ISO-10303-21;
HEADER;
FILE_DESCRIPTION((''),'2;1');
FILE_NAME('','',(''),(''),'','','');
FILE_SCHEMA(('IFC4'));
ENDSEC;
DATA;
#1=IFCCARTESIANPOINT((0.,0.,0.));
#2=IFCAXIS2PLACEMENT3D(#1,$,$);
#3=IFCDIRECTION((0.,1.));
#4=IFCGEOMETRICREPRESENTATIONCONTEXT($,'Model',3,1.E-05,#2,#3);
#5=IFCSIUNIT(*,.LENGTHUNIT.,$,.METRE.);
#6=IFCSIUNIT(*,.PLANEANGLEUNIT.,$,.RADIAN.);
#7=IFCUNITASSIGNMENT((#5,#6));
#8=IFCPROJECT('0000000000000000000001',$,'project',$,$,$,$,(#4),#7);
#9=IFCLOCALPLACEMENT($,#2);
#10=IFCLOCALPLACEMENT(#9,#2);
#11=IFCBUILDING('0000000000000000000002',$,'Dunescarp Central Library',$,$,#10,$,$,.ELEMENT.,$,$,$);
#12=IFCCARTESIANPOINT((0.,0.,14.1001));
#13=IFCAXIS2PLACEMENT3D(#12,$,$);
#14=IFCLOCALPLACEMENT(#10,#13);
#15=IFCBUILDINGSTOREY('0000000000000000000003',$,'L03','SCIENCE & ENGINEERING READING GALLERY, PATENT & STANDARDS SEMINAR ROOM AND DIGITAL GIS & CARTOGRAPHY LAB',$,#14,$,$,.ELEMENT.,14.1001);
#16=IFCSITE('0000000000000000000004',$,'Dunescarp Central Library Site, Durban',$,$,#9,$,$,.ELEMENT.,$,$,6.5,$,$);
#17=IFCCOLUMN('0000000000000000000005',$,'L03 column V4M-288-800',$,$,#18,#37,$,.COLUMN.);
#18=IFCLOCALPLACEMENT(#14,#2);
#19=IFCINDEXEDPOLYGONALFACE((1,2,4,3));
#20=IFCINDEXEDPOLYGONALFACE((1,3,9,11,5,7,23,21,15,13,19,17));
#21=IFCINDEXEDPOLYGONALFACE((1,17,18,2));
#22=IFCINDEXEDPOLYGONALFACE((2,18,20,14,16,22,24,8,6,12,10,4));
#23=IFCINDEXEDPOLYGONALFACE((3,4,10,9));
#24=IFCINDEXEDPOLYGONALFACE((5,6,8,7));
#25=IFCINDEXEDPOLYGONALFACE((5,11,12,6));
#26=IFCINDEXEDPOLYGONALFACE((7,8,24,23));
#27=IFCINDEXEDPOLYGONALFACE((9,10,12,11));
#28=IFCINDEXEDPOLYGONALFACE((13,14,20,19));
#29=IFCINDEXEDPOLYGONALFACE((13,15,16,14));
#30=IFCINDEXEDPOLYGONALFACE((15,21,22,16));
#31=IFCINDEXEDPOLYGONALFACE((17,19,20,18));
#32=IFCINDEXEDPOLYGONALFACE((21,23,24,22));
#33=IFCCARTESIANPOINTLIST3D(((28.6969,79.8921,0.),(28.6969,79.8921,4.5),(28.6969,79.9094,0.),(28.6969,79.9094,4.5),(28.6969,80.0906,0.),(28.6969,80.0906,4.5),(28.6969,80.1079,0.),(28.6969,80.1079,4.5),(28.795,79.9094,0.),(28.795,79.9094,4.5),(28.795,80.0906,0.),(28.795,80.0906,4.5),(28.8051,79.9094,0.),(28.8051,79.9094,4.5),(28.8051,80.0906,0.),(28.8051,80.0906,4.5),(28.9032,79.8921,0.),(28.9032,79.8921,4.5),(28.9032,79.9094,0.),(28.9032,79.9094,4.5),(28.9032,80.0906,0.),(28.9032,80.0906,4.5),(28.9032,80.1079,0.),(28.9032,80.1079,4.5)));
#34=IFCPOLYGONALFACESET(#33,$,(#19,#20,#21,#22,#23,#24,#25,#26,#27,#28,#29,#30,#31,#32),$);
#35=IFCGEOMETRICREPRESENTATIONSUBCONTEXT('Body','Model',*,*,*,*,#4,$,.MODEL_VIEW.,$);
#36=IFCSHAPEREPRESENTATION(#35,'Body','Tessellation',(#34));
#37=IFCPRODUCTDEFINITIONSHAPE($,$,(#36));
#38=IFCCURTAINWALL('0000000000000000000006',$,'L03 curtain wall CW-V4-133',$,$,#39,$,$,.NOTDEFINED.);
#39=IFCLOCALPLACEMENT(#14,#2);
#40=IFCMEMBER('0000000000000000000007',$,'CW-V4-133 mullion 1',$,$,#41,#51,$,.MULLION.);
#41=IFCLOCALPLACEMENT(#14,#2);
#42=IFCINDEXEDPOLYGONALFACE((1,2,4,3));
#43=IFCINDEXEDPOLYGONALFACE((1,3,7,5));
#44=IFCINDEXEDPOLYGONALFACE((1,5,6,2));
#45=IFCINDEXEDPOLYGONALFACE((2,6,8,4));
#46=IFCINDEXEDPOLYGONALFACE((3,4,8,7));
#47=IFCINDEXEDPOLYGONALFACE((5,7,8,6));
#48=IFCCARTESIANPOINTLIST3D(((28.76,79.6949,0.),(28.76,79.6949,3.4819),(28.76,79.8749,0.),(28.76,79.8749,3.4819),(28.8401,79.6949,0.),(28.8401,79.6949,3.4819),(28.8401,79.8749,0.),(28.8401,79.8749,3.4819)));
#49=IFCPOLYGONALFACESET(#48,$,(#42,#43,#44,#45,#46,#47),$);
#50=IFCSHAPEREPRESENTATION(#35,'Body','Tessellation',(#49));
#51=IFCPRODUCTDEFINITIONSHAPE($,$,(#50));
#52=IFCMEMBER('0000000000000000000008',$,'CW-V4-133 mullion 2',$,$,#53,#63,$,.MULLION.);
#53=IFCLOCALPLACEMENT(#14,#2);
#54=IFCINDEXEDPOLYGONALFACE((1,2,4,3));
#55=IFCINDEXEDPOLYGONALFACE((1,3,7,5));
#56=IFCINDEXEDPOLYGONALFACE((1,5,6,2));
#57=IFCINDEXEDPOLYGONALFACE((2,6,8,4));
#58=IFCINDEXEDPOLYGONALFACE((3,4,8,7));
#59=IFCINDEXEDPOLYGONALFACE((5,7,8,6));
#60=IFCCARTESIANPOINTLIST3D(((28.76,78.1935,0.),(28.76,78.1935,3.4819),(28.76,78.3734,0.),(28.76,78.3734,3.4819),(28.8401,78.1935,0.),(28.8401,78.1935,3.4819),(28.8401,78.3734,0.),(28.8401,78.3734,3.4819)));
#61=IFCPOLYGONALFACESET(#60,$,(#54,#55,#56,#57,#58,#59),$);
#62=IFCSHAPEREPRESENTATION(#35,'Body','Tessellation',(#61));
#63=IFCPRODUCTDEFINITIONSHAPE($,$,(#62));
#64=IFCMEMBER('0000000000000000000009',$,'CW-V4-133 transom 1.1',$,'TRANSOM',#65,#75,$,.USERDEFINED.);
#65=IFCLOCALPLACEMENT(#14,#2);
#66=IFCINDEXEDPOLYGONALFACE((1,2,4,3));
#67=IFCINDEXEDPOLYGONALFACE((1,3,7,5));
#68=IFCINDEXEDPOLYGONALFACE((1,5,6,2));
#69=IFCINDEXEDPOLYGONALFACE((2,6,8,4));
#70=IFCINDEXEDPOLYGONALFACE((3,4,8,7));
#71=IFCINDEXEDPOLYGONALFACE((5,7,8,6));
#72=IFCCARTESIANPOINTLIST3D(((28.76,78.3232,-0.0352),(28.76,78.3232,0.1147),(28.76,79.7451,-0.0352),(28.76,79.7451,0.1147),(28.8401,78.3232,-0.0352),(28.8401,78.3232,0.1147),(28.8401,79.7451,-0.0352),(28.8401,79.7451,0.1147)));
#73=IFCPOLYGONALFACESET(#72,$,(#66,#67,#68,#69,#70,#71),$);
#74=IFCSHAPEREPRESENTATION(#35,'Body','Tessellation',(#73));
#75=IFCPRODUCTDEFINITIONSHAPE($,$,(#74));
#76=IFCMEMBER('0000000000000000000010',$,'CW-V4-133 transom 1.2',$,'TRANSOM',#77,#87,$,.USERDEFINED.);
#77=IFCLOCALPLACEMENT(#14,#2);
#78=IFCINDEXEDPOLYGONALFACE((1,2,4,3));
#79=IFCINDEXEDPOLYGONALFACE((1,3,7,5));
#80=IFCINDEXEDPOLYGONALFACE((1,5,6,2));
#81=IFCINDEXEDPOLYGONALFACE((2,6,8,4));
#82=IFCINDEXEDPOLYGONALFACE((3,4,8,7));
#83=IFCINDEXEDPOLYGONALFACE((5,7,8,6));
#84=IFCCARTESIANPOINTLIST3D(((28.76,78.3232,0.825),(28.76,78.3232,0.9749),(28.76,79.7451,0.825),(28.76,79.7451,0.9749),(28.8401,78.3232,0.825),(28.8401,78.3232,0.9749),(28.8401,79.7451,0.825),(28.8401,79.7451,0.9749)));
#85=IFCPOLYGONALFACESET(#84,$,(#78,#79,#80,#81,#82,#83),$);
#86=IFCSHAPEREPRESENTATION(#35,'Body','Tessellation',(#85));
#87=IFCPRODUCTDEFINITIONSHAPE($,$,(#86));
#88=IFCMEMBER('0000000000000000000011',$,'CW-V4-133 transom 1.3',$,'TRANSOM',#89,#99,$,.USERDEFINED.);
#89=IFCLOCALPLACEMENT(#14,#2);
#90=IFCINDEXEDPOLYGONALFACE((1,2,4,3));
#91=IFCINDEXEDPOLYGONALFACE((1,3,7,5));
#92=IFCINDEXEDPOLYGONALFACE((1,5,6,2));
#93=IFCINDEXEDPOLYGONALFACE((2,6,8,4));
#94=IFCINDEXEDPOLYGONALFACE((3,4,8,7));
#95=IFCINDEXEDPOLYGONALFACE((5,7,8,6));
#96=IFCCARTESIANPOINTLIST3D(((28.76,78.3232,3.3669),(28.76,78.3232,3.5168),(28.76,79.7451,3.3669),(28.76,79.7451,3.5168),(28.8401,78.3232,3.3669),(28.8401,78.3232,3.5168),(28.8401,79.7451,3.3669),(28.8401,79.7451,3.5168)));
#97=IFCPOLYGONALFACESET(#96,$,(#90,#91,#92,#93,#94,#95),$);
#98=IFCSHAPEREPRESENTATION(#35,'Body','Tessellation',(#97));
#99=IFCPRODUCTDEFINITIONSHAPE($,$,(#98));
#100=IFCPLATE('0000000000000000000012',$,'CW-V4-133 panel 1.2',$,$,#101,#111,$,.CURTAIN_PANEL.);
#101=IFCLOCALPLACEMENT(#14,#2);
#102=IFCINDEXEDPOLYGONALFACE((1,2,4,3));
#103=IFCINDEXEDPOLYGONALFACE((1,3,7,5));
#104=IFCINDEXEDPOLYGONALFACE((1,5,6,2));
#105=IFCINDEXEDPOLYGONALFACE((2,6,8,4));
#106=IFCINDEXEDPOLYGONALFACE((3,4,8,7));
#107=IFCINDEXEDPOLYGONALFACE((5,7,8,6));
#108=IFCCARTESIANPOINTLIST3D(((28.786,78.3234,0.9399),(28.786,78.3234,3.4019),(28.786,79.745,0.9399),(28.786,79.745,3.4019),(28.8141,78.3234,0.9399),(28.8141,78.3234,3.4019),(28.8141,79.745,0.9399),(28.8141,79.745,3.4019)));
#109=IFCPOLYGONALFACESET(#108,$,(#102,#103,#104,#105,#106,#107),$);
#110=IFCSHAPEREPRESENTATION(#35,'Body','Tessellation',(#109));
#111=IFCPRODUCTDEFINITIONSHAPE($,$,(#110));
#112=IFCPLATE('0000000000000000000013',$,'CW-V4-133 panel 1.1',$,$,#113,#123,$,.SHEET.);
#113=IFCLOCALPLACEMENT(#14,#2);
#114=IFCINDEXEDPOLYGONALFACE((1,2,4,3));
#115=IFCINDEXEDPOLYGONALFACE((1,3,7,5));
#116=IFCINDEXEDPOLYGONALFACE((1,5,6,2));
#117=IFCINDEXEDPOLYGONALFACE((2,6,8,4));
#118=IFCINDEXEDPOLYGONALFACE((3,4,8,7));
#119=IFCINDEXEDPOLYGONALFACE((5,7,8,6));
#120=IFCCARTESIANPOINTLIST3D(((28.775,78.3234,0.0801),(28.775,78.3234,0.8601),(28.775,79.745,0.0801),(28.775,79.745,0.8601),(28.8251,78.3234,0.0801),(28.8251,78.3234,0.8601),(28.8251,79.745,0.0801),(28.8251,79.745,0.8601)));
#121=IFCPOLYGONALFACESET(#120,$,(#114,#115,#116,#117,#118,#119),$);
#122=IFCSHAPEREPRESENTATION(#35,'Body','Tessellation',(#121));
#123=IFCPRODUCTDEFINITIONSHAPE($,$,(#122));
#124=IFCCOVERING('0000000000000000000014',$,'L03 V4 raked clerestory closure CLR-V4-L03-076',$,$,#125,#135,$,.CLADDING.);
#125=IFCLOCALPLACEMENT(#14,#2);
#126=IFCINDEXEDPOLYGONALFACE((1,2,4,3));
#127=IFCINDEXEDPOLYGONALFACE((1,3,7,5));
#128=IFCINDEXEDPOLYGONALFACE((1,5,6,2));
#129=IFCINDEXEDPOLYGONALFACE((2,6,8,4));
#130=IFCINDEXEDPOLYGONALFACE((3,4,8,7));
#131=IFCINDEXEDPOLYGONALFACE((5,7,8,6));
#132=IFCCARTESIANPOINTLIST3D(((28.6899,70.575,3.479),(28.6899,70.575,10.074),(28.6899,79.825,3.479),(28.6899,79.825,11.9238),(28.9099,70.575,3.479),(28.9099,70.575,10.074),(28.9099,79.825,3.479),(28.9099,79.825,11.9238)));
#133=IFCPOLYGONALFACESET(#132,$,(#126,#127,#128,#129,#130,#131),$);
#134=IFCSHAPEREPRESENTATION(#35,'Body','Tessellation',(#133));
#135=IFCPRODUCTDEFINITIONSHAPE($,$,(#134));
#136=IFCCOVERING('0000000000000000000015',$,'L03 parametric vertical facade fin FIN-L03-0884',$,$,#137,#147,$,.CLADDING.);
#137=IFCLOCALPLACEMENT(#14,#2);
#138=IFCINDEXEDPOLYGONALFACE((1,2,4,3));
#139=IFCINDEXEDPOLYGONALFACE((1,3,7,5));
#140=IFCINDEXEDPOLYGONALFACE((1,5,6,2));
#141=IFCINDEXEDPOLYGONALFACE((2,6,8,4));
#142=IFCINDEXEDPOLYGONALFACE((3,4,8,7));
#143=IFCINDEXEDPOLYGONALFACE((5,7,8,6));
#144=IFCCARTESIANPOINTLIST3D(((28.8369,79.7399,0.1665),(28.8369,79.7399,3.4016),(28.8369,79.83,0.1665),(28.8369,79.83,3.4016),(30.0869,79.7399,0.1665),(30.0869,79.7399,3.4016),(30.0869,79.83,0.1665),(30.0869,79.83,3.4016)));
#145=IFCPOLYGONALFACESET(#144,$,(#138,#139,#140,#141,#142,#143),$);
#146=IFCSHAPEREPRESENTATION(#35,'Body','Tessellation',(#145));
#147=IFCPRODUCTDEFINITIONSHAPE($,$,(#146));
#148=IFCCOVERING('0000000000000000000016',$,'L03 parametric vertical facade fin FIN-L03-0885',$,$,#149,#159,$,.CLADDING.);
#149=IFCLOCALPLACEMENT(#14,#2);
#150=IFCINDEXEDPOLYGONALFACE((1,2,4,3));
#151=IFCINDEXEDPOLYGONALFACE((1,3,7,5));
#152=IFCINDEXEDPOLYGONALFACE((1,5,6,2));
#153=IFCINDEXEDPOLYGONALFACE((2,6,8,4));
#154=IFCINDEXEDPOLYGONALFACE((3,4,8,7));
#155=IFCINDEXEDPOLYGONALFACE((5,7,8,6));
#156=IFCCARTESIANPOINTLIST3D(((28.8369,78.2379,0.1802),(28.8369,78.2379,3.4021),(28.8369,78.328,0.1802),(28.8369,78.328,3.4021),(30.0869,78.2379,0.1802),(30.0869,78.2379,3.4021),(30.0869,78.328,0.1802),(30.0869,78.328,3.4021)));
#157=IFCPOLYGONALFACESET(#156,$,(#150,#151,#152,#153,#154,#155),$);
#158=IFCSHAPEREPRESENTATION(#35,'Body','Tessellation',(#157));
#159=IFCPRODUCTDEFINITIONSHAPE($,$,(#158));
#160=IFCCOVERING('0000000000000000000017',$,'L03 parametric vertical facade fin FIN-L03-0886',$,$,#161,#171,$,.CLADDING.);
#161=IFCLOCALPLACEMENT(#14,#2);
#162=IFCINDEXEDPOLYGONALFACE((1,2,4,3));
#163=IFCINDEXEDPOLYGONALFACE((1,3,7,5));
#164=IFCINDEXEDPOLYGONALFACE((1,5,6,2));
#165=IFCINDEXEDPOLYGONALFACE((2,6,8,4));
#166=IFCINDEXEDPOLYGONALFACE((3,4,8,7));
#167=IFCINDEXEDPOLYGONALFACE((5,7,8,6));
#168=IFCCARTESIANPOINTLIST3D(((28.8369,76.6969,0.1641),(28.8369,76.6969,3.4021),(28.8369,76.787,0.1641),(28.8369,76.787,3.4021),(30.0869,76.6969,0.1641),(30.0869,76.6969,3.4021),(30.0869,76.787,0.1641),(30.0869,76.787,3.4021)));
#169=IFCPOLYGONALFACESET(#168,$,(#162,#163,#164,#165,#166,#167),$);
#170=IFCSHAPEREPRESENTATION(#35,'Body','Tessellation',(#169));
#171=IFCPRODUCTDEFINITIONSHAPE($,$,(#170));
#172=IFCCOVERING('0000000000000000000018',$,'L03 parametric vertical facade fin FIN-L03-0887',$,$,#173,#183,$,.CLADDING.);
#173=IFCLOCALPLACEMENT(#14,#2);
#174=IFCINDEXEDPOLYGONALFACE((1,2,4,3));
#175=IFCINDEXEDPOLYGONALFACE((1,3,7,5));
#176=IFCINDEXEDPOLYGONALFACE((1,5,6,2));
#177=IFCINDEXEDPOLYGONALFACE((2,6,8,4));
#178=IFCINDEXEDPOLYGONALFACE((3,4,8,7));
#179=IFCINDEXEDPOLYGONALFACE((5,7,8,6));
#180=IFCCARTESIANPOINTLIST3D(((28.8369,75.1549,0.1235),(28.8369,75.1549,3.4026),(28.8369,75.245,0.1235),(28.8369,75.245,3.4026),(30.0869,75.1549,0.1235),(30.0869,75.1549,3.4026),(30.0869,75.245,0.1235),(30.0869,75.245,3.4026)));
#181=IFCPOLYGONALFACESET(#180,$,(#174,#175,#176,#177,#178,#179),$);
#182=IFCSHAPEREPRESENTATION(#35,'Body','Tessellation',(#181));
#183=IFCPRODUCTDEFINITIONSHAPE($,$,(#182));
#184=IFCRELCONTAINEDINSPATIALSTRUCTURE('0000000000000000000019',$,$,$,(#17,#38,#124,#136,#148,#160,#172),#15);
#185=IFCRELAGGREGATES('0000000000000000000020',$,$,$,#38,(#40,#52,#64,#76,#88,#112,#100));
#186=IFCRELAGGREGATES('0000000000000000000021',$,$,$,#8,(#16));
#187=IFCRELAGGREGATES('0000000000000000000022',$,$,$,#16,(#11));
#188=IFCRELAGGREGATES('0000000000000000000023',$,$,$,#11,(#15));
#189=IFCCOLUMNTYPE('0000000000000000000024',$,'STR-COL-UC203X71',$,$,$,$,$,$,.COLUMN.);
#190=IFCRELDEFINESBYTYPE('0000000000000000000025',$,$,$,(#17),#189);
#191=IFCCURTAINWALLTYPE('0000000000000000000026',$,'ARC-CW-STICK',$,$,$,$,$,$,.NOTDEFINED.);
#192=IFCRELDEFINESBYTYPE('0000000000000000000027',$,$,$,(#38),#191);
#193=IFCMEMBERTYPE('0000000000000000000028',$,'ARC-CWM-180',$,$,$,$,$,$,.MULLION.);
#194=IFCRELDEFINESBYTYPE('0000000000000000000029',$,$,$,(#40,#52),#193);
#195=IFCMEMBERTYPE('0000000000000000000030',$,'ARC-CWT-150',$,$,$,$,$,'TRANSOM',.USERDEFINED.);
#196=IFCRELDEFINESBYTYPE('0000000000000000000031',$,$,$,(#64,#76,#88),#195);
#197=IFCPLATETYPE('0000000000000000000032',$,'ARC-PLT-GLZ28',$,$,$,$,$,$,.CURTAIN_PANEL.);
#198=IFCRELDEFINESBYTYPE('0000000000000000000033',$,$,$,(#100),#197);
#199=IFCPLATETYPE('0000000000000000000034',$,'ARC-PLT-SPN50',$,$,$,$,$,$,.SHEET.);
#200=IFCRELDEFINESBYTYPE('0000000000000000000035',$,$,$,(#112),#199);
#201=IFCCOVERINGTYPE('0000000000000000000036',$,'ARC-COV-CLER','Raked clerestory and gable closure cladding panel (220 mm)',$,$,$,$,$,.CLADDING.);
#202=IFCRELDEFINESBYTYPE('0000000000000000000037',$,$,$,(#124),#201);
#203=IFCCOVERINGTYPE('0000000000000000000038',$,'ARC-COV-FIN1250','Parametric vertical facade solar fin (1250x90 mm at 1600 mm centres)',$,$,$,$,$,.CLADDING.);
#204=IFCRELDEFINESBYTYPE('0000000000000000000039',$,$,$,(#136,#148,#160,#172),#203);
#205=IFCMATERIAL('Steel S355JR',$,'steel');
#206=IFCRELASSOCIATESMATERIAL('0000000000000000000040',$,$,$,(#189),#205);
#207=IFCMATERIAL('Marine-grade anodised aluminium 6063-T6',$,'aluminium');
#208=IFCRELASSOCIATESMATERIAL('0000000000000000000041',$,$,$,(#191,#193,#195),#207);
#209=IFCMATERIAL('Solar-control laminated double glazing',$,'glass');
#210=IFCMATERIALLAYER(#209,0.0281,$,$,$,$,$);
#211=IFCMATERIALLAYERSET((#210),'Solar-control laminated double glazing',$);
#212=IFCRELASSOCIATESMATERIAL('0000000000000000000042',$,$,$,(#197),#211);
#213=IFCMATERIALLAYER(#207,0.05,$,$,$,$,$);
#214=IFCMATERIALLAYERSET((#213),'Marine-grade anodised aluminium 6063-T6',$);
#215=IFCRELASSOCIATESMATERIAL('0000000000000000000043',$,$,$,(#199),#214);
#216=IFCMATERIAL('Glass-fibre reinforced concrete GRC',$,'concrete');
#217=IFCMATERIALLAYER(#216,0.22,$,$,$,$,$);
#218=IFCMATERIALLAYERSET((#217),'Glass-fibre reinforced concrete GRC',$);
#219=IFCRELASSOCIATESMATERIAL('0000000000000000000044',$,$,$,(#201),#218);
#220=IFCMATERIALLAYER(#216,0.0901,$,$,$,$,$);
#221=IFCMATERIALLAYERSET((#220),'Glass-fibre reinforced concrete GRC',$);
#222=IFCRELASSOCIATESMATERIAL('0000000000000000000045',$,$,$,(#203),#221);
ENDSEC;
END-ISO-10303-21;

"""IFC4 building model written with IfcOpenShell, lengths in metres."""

from ifc_helpers import new_model, si_unit, direction, frame, origin, origin_2d, place, context, subcontext, project, spatial, polyline, rectangle, i_section, outline, extrude, material, layer, layer_set, material_profile, profile_set, type_object, element, aggregate, save


model = new_model("IFC4")

# Units and contexts
model_context = context("Model", 3, precision=1e-05, world=origin(), true_north=direction((0.0, 1.0)))
body_context = subcontext(model_context, "Body", "Model", "MODEL_VIEW")
ifc_project = project(units=[si_unit("LENGTHUNIT", "METRE"), si_unit("PLANEANGLEUNIT", "RADIAN")], contexts=[model_context])

# Site, building, storey
site_placement = place(None, origin())
site = spatial("IfcSite", under=ifc_project, at=site_placement, Name="Dunescarp Central Library Site, Durban", CompositionType="ELEMENT", RefElevation=6.5)
building_placement = place(site_placement, origin())
building = spatial("IfcBuilding", under=site, at=building_placement, Name="Dunescarp Central Library", CompositionType="ELEMENT")
storey_placement = place(building_placement, frame((0.0, 0.0, 14.1001)))
storey = spatial("IfcBuildingStorey", under=building, at=storey_placement, Name="L03", Description="SCIENCE & ENGINEERING READING GALLERY, PATENT & STANDARDS SEMINAR ROOM AND DIGITAL GIS & CARTOGRAPHY LAB", CompositionType="ELEMENT", Elevation=14.1001)

# Column
ifc_material_1 = material(Name="Steel S355JR", Category="steel")
ifc_material_profile_1 = material_profile(ifc_material_1, i_section(OverallWidth=0.2063, OverallDepth=0.2158, WebThickness=0.01, FlangeThickness=0.0173, at=origin_2d()), Name="UC 203x203x71")
ifc_profile_set_1 = profile_set([ifc_material_profile_1], Name="Steel S355JR")
column_type = type_object("IfcColumnType", Name="STR-COL-UC203X71", PredefinedType="COLUMN", material=ifc_profile_set_1)
column_placement = place(storey_placement, frame((28.8, 80.0, 0.0), z_axis=(0.0, 0.0, 1.0), x_axis=(1.0, 0.0, 0.0)))
element("IfcColumn", 1, at=column_placement, inside=storey, type_object=column_type, Name="L03 column V4M-288-800", PredefinedType="COLUMN", context=body_context, shape_type="SweptSolid", body=[
    extrude(i_section(OverallWidth=0.2063, OverallDepth=0.2158, WebThickness=0.01, FlangeThickness=0.0173, at=origin_2d()), origin(), (0.0, 0.0, 1.0), 4.5),
])

# Curtain wall, members, plates
ifc_material_2 = material(Name="Marine-grade anodised aluminium 6063-T6", Category="aluminium")
curtain_wall_type = type_object("IfcCurtainWallType", Name="ARC-CW-STICK", PredefinedType="NOTDEFINED", material=ifc_material_2)
curtain_wall_placement = place(storey_placement, origin())
curtain_wall = element("IfcCurtainWall", 2, at=curtain_wall_placement, inside=storey, type_object=curtain_wall_type, Name="L03 curtain wall CW-V4-133", PredefinedType="NOTDEFINED")
ifc_material_profile_2 = material_profile(ifc_material_2, rectangle(XDim=0.0801, YDim=0.1799, at=origin_2d()), Name="AL 80x180")
ifc_profile_set_2 = profile_set([ifc_material_profile_2], Name="Marine-grade anodised aluminium 6063-T6")
member_type_1 = type_object("IfcMemberType", Name="ARC-CWM-180", PredefinedType="MULLION", material=ifc_profile_set_2)
member_1_placement = place(storey_placement, frame((28.8, 79.7849, 0.0), z_axis=(0.0, 0.0, 1.0), x_axis=(1.0, 0.0, 0.0)))
member_1 = element("IfcMember", 3, at=member_1_placement, type_object=member_type_1, Name="CW-V4-133 mullion 1", PredefinedType="MULLION", context=body_context, shape_type="SweptSolid", body=[
    extrude(rectangle(XDim=0.0801, YDim=0.1799, at=origin_2d()), origin(), (0.0, 0.0, 1.0), 3.4819),
])
member_2_placement = place(storey_placement, frame((28.8, 78.2834, 0.0), z_axis=(0.0, 0.0, 1.0), x_axis=(1.0, 0.0, 0.0)))
member_2 = element("IfcMember", 4, at=member_2_placement, type_object=member_type_1, Name="CW-V4-133 mullion 2", PredefinedType="MULLION", context=body_context, shape_type="SweptSolid", body=[
    extrude(rectangle(XDim=0.0801, YDim=0.1799, at=origin_2d()), origin(), (0.0, 0.0, 1.0), 3.4819),
])
ifc_material_profile_3 = material_profile(ifc_material_2, rectangle(XDim=0.0801, YDim=0.1499, at=origin_2d()), Name="AL 80x150")
ifc_profile_set_3 = profile_set([ifc_material_profile_3], Name="Marine-grade anodised aluminium 6063-T6")
member_type_2 = type_object("IfcMemberType", Name="ARC-CWT-150", ElementType="TRANSOM", PredefinedType="USERDEFINED", material=ifc_profile_set_3)
member_3_placement = place(storey_placement, frame((28.8, 79.7451, 0.0398), z_axis=(0.0, -1.0, 0.0), x_axis=(1.0, 0.0, 0.0)))
member_3 = element("IfcMember", 5, at=member_3_placement, type_object=member_type_2, Name="CW-V4-133 transom 1.1", ObjectType="TRANSOM", PredefinedType="USERDEFINED", context=body_context, shape_type="SweptSolid", body=[
    extrude(rectangle(XDim=0.0801, YDim=0.1499, at=origin_2d()), origin(), (0.0, 0.0, 1.0), 1.4219),
])
member_4_placement = place(storey_placement, frame((28.8, 79.7451, 0.8999), z_axis=(0.0, -1.0, 0.0), x_axis=(1.0, 0.0, 0.0)))
member_4 = element("IfcMember", 6, at=member_4_placement, type_object=member_type_2, Name="CW-V4-133 transom 1.2", ObjectType="TRANSOM", PredefinedType="USERDEFINED", context=body_context, shape_type="SweptSolid", body=[
    extrude(rectangle(XDim=0.0801, YDim=0.1499, at=origin_2d()), origin(), (0.0, 0.0, 1.0), 1.4219),
])
member_5_placement = place(storey_placement, frame((28.8, 79.7451, 3.4419), z_axis=(0.0, -1.0, 0.0), x_axis=(1.0, 0.0, 0.0)))
member_5 = element("IfcMember", 7, at=member_5_placement, type_object=member_type_2, Name="CW-V4-133 transom 1.3", ObjectType="TRANSOM", PredefinedType="USERDEFINED", context=body_context, shape_type="SweptSolid", body=[
    extrude(rectangle(XDim=0.0801, YDim=0.1499, at=origin_2d()), origin(), (0.0, 0.0, 1.0), 1.4219),
])
ifc_material_3 = material(Name="Solar-control laminated double glazing", Category="glass")
ifc_layer_1 = layer(ifc_material_3, 0.0281)
ifc_layer_set_1 = layer_set([ifc_layer_1], Name="Solar-control laminated double glazing")
plate_type_1 = type_object("IfcPlateType", Name="ARC-PLT-GLZ28", PredefinedType="CURTAIN_PANEL", material=ifc_layer_set_1)
plate_1_placement = place(storey_placement, frame((28.8, 79.0342, 0.9399), z_axis=(0.0, 0.0, 1.0), x_axis=(0.0, -1.0, 0.0)))
plate_1 = element("IfcPlate", 8, at=plate_1_placement, type_object=plate_type_1, Name="CW-V4-133 panel 1.2", PredefinedType="CURTAIN_PANEL", context=body_context, shape_type="SweptSolid", body=[
    extrude(rectangle(XDim=1.4216, YDim=0.0281, at=origin_2d()), origin(), (0.0, 0.0, 1.0), 2.4619),
])
ifc_layer_2 = layer(ifc_material_2, 0.05)
ifc_layer_set_2 = layer_set([ifc_layer_2], Name="Marine-grade anodised aluminium 6063-T6")
plate_type_2 = type_object("IfcPlateType", Name="ARC-PLT-SPN50", PredefinedType="SHEET", material=ifc_layer_set_2)
plate_2_placement = place(storey_placement, frame((28.8, 79.0342, 0.0801), z_axis=(0.0, 0.0, 1.0), x_axis=(0.0, -1.0, 0.0)))
plate_2 = element("IfcPlate", 9, at=plate_2_placement, type_object=plate_type_2, Name="CW-V4-133 panel 1.1", PredefinedType="SHEET", context=body_context, shape_type="SweptSolid", body=[
    extrude(rectangle(XDim=1.4216, YDim=0.05, at=origin_2d()), origin(), (0.0, 0.0, 1.0), 0.78),
])
aggregate(curtain_wall, [member_1, member_2, member_3, member_4, member_5, plate_2, plate_1])

# Coverings
ifc_material_4 = material(Name="Glass-fibre reinforced concrete GRC", Category="concrete")
ifc_layer_3 = layer(ifc_material_4, 0.22)
ifc_layer_set_3 = layer_set([ifc_layer_3], Name="Glass-fibre reinforced concrete GRC")
covering_type_1 = type_object("IfcCoveringType", Name="ARC-COV-CLER", Description="Raked clerestory and gable closure cladding panel (220 mm)", PredefinedType="CLADDING", material=ifc_layer_set_3)
covering_1_placement = place(storey_placement, frame((28.8, 79.825, 3.479), z_axis=(0.0, 0.0, 1.0), x_axis=(0.0, -1.0, 0.0)))
element("IfcCovering", 10, at=covering_1_placement, inside=storey, type_object=covering_type_1, Name="L03 V4 raked clerestory closure CLR-V4-L03-076", PredefinedType="CLADDING", context=body_context, shape_type="SweptSolid", body=[
    extrude(outline(polyline([(0.0, 0.0), (9.25, 0.0), (9.25, 6.595), (0.0, 8.4448), (0.0, 0.0)])), frame((0.0, 0.1099, 0.0), z_axis=(0.0, -1.0, 0.0), x_axis=(1.0, 0.0, 0.0)), (0.0, 0.0, 1.0), 0.22),
])
ifc_layer_4 = layer(ifc_material_4, 0.0901)
ifc_layer_set_4 = layer_set([ifc_layer_4], Name="Glass-fibre reinforced concrete GRC")
covering_type_2 = type_object("IfcCoveringType", Name="ARC-COV-FIN1250", Description="Parametric vertical facade solar fin (1250x90 mm at 1600 mm centres)", PredefinedType="CLADDING", material=ifc_layer_set_4)
covering_2_placement = place(storey_placement, frame((29.4619, 79.7849, 0.1665), z_axis=(0.0, 0.0, 1.0), x_axis=(1.0, 0.0, 0.0)))
element("IfcCovering", 11, at=covering_2_placement, inside=storey, type_object=covering_type_2, Name="L03 parametric vertical facade fin FIN-L03-0884", PredefinedType="CLADDING", context=body_context, shape_type="SweptSolid", body=[
    extrude(rectangle(XDim=1.25, YDim=0.0901, at=origin_2d()), origin(), (0.0, 0.0, 1.0), 3.2351),
])
covering_3_placement = place(storey_placement, frame((29.4619, 78.283, 0.1802), z_axis=(0.0, 0.0, 1.0), x_axis=(1.0, 0.0, 0.0)))
element("IfcCovering", 12, at=covering_3_placement, inside=storey, type_object=covering_type_2, Name="L03 parametric vertical facade fin FIN-L03-0885", PredefinedType="CLADDING", context=body_context, shape_type="SweptSolid", body=[
    extrude(rectangle(XDim=1.25, YDim=0.0901, at=origin_2d()), origin(), (0.0, 0.0, 1.0), 3.2219),
])
covering_4_placement = place(storey_placement, frame((29.4619, 76.7419, 0.1641), z_axis=(0.0, 0.0, 1.0), x_axis=(1.0, 0.0, 0.0)))
element("IfcCovering", 13, at=covering_4_placement, inside=storey, type_object=covering_type_2, Name="L03 parametric vertical facade fin FIN-L03-0886", PredefinedType="CLADDING", context=body_context, shape_type="SweptSolid", body=[
    extrude(rectangle(XDim=1.25, YDim=0.0901, at=origin_2d()), origin(), (0.0, 0.0, 1.0), 3.238),
])
covering_5_placement = place(storey_placement, frame((29.4619, 75.2, 0.1235), z_axis=(0.0, 0.0, 1.0), x_axis=(1.0, 0.0, 0.0)))
element("IfcCovering", 14, at=covering_5_placement, inside=storey, type_object=covering_type_2, Name="L03 parametric vertical facade fin FIN-L03-0887", PredefinedType="CLADDING", context=body_context, shape_type="SweptSolid", body=[
    extrude(rectangle(XDim=1.25, YDim=0.0901, at=origin_2d()), origin(), (0.0, 0.0, 1.0), 3.2791),
])

save(model, "model.ifc")
